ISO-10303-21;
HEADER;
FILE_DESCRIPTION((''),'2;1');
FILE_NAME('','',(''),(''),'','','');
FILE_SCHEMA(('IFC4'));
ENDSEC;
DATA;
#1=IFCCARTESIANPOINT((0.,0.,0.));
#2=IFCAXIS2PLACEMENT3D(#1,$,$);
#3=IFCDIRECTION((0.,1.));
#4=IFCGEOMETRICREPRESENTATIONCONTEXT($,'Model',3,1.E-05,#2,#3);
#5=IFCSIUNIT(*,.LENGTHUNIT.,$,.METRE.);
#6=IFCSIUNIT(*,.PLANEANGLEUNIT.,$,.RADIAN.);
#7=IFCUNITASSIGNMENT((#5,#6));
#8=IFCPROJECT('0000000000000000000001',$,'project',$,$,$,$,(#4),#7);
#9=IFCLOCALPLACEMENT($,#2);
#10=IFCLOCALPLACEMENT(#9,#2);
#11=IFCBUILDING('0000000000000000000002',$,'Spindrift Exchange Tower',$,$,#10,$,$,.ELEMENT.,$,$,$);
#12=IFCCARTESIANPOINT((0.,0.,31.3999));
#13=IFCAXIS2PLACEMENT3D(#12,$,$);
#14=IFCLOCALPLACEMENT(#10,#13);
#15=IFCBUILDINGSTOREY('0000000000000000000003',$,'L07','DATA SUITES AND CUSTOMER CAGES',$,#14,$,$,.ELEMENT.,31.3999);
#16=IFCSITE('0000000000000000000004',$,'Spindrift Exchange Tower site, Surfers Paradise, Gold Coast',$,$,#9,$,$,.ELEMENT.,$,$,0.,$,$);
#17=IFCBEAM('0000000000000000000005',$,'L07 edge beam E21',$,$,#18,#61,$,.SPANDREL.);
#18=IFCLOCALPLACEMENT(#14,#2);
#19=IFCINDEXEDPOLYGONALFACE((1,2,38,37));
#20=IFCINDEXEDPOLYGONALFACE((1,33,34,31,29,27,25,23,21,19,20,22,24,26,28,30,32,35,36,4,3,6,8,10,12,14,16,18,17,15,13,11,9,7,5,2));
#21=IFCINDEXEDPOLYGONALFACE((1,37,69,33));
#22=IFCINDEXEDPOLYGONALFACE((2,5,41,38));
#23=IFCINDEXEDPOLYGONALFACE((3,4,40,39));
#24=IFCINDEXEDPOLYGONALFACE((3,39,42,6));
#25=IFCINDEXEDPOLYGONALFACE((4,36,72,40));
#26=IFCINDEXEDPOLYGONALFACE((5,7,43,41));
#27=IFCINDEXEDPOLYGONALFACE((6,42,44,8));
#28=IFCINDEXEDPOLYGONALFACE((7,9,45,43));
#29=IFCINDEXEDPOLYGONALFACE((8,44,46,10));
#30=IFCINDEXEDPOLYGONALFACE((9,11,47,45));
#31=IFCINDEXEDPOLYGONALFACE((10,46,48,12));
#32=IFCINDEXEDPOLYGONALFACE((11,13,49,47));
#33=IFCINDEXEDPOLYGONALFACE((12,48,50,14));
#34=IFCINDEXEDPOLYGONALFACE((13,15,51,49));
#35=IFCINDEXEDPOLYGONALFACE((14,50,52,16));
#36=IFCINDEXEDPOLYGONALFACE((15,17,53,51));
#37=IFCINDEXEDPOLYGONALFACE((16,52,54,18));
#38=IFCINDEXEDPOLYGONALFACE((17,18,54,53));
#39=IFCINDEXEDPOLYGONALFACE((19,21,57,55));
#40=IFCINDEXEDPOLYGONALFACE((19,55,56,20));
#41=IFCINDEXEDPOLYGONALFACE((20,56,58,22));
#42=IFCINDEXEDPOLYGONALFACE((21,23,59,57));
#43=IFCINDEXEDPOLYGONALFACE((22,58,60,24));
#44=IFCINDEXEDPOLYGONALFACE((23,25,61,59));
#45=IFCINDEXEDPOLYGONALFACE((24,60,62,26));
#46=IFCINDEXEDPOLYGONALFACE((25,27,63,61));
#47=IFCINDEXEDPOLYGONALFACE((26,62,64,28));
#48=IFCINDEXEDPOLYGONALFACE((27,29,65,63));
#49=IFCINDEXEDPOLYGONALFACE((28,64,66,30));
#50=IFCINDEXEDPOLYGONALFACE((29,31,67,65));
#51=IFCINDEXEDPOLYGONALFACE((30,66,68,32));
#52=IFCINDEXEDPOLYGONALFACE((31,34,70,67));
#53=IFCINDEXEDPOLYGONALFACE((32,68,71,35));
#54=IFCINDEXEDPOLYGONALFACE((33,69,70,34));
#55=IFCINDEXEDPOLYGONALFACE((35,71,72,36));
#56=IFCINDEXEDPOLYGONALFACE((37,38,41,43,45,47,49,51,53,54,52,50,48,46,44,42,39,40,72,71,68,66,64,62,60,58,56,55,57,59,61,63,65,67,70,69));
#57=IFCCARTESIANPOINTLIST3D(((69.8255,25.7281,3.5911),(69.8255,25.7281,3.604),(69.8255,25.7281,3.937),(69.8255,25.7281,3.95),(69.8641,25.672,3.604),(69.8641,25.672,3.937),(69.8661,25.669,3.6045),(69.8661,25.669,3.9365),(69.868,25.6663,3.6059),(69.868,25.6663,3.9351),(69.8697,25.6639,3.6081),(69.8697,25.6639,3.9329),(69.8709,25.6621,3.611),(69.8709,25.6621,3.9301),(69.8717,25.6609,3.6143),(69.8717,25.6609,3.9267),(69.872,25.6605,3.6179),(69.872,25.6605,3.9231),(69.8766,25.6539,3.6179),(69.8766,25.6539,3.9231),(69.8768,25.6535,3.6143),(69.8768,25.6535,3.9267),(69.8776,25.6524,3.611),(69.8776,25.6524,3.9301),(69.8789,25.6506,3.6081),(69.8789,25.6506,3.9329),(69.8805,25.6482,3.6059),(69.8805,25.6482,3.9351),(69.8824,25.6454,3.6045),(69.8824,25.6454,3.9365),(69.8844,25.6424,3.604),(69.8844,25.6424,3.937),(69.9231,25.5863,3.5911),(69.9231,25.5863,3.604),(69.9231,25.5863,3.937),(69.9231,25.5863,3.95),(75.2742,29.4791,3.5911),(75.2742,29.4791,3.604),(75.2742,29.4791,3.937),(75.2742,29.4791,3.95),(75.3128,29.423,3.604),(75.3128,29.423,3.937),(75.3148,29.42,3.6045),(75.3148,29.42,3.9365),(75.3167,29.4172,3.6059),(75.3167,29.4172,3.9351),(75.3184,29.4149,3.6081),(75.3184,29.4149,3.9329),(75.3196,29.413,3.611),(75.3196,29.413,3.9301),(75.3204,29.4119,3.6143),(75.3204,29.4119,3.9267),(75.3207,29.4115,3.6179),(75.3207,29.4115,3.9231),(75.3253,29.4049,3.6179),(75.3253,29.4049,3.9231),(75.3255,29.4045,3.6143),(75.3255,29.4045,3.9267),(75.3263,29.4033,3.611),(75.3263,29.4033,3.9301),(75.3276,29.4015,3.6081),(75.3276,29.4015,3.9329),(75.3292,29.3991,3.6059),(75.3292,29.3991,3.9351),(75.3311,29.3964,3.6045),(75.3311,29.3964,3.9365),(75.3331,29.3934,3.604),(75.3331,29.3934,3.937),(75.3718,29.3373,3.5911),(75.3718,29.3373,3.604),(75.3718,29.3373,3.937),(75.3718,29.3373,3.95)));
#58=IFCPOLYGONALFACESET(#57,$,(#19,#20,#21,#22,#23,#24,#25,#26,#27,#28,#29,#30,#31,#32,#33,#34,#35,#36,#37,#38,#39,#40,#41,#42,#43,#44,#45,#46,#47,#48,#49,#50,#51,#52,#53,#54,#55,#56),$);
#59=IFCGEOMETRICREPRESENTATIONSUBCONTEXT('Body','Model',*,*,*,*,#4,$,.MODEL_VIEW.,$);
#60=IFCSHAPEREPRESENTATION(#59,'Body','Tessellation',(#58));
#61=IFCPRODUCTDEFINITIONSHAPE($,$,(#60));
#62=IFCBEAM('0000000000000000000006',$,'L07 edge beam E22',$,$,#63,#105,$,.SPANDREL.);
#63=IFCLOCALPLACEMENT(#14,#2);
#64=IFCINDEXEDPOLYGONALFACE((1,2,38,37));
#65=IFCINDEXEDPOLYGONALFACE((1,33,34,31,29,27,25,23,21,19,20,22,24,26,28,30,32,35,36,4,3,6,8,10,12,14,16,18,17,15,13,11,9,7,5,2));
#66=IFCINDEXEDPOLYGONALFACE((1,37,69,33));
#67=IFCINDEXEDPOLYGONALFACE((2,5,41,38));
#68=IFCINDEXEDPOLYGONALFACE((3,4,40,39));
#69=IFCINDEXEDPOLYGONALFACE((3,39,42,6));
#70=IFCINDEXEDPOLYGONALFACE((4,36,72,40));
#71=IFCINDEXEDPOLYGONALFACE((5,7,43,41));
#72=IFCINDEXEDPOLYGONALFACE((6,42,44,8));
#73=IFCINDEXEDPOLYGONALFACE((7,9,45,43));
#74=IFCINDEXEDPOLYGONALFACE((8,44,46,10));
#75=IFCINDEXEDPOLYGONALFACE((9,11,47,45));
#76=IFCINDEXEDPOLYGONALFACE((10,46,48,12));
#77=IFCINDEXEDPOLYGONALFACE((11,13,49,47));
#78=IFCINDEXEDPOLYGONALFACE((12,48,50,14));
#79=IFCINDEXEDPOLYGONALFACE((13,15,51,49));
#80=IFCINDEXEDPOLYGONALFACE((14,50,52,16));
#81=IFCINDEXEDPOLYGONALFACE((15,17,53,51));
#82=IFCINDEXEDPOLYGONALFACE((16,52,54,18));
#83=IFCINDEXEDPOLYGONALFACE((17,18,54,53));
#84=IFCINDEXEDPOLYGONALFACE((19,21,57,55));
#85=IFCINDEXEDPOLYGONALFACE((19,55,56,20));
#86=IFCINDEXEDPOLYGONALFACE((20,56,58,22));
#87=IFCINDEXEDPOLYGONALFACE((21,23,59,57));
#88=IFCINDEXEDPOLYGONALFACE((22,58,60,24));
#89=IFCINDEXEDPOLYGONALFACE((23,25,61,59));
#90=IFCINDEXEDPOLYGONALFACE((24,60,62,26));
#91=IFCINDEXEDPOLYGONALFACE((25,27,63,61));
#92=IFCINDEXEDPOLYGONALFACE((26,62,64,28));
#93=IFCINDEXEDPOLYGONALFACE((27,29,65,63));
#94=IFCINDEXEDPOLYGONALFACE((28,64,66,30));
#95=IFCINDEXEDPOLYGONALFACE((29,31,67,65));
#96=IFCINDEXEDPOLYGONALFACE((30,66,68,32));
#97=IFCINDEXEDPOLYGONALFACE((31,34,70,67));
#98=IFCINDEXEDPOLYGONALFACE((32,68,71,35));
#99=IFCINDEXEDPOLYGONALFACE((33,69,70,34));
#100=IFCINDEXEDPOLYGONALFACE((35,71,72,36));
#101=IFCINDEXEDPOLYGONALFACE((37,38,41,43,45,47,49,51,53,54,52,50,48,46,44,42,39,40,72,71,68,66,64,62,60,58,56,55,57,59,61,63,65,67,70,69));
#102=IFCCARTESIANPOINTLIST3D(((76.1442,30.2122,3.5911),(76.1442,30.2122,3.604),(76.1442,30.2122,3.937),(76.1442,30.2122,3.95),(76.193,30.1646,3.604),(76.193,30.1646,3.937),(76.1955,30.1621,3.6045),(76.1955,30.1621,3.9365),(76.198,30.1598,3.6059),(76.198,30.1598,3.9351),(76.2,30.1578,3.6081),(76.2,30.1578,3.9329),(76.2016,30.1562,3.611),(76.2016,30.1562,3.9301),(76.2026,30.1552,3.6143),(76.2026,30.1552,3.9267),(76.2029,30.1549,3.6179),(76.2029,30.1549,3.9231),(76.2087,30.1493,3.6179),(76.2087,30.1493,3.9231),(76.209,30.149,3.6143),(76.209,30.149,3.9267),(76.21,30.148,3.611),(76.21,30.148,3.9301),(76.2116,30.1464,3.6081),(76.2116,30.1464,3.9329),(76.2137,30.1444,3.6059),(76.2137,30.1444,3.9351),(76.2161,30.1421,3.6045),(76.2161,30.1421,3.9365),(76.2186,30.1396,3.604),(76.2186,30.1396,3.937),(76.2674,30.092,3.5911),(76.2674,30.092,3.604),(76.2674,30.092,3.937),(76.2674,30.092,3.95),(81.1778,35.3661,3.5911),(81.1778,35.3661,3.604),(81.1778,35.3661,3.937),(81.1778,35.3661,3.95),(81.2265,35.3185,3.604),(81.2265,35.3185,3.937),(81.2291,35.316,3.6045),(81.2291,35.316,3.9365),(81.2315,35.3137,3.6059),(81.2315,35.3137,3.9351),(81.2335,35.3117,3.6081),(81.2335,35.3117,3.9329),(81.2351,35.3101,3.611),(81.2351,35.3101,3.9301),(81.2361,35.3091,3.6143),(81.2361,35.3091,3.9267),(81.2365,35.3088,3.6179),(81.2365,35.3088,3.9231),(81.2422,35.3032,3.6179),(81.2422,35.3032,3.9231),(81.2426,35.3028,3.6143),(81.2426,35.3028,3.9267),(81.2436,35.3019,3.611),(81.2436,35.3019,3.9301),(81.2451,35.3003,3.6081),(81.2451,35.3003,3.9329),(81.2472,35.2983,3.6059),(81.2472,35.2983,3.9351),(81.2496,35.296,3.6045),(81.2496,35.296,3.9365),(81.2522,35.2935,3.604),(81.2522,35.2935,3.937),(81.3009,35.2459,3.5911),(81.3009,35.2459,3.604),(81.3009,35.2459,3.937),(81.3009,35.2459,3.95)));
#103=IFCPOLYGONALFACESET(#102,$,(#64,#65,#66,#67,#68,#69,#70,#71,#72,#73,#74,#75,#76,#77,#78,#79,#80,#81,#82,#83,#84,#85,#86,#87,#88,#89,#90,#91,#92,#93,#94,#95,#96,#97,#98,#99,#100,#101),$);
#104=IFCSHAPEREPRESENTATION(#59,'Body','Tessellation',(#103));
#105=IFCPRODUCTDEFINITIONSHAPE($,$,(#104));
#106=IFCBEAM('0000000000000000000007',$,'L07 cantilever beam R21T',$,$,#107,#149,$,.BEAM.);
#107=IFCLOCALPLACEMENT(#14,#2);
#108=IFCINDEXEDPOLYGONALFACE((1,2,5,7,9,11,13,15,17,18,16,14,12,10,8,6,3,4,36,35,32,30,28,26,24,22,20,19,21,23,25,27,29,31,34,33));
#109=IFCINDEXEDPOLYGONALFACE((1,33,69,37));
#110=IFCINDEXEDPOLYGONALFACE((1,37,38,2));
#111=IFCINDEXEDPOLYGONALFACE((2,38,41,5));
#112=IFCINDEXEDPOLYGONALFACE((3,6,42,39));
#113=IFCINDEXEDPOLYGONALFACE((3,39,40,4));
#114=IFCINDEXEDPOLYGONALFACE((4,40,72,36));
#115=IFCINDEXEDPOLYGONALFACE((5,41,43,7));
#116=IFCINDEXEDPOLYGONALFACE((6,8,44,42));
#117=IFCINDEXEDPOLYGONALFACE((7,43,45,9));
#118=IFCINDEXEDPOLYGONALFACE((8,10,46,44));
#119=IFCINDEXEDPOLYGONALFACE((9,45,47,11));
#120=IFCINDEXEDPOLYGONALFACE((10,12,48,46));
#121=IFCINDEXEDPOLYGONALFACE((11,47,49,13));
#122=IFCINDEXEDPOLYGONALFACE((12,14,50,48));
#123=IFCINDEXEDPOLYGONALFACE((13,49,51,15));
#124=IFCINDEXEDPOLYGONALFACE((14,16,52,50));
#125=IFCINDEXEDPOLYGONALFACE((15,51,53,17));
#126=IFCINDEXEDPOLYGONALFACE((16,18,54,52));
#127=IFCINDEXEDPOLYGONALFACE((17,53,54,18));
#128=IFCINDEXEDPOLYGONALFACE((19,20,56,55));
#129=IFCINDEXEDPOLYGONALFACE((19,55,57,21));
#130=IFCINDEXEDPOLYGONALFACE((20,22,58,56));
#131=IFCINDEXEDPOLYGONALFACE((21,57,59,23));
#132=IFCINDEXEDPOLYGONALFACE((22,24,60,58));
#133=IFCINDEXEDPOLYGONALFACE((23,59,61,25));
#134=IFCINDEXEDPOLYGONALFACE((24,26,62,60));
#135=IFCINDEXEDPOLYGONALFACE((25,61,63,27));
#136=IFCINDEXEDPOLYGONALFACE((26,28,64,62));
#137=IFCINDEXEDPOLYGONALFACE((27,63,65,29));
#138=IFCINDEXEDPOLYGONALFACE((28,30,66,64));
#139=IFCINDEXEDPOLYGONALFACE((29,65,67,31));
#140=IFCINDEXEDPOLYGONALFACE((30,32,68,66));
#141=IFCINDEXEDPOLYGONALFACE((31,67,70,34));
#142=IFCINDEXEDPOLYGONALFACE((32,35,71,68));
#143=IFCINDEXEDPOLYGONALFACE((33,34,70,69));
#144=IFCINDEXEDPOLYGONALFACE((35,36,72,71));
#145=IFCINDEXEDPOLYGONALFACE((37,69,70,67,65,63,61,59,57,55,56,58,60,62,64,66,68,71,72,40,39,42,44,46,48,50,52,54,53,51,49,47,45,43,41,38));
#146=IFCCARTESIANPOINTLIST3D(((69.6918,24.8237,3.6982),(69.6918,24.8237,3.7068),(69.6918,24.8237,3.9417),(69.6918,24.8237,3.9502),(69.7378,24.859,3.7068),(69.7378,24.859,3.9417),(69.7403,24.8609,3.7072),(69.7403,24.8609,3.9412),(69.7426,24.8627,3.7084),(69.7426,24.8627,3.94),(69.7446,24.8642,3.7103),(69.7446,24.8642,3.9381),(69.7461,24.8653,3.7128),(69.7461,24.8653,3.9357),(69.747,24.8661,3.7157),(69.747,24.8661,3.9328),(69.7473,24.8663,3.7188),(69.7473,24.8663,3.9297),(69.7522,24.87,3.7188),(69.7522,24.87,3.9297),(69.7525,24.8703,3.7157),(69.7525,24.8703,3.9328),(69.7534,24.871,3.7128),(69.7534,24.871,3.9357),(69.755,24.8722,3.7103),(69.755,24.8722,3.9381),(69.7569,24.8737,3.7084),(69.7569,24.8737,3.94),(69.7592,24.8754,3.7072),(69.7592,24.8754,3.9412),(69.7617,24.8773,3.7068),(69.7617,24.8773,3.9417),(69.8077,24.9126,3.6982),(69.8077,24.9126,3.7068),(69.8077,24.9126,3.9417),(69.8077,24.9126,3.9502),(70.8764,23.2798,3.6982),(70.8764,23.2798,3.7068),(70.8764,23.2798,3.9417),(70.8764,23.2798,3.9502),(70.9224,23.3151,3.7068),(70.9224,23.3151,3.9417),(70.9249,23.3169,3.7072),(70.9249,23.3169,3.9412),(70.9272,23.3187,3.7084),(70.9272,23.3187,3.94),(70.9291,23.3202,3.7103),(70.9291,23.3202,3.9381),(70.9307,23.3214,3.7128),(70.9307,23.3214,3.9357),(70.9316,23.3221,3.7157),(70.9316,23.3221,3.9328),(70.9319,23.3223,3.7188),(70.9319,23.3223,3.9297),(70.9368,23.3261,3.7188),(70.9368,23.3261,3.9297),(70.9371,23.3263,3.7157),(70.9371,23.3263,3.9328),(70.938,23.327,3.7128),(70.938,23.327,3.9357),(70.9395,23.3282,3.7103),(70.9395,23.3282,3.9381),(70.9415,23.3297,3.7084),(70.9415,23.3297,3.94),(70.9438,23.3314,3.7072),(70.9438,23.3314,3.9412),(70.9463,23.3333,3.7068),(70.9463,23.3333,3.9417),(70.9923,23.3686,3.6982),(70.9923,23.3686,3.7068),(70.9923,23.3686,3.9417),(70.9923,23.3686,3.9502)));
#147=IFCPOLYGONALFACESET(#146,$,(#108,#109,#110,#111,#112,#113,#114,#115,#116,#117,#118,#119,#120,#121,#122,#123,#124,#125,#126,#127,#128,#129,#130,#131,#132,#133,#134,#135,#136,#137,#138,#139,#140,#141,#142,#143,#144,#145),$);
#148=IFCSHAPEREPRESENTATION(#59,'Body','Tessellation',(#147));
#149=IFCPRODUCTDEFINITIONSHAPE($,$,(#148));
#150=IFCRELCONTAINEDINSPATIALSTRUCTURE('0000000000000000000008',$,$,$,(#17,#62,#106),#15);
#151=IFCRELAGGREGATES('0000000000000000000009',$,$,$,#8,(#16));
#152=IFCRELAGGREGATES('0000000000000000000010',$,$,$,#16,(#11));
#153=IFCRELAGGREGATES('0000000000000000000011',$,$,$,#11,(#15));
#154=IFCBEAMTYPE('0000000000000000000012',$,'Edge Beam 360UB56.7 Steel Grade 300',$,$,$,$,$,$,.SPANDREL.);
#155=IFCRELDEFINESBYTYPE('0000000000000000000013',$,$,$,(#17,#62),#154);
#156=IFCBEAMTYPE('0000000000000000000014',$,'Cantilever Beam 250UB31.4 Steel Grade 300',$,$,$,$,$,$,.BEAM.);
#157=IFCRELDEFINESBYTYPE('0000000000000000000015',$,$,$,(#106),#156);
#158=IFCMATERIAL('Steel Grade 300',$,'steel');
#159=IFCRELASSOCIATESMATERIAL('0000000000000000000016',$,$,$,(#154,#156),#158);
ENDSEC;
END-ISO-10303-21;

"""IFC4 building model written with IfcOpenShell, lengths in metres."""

from ifc_helpers import new_model, si_unit, direction, frame, origin, origin_2d, place, context, subcontext, project, spatial, i_section, extrude, source, transform, mapped, material, material_profile, profile_set, type_object, element, save


model = new_model("IFC4")

# Units and contexts
model_context = context("Model", 3, precision=1e-05, world=origin(), true_north=direction((0.0, 1.0)))
body_context = subcontext(model_context, "Body", "Model", "MODEL_VIEW")
ifc_project = project(units=[si_unit("LENGTHUNIT", "METRE"), si_unit("PLANEANGLEUNIT", "RADIAN")], contexts=[model_context])

# Site, building, storey
site_placement = place(None, origin())
site = spatial("IfcSite", under=ifc_project, at=site_placement, Name="Spindrift Exchange Tower site, Surfers Paradise, Gold Coast", CompositionType="ELEMENT", RefElevation=0.0)
building_placement = place(site_placement, origin())
building = spatial("IfcBuilding", under=site, at=building_placement, Name="Spindrift Exchange Tower", CompositionType="ELEMENT")
storey_placement = place(building_placement, frame((0.0, 0.0, 31.3999)))
storey = spatial("IfcBuildingStorey", under=building, at=storey_placement, Name="L07", Description="DATA SUITES AND CUSTOMER CAGES", CompositionType="ELEMENT", Elevation=31.3999)

# Beams
ifc_material_1 = material(Name="Steel Grade 300", Category="steel")
ifc_material_profile_1 = material_profile(ifc_material_1, i_section(OverallWidth=0.1721, OverallDepth=0.3589, WebThickness=0.0081, FlangeThickness=0.0129, FilletRadius=0.0139, at=origin_2d()), Name="360UB56.7")
ifc_profile_set_1 = profile_set([ifc_material_profile_1], Name="Steel Grade 300")
beam_type_1 = type_object("IfcBeamType", Name="Edge Beam 360UB56.7 Steel Grade 300", PredefinedType="SPANDREL", material=ifc_profile_set_1)
shared_shape_1 = source(origin(), body_context, "Body", "SweptSolid", [
    extrude(i_section(OverallWidth=0.1721, OverallDepth=0.3589, WebThickness=0.0081, FlangeThickness=0.0129, FilletRadius=0.0139, at=origin_2d()), origin(), (0.0, 0.0, 1.0), 6.615),
])
beam_1_placement = place(storey_placement, frame((69.8743, 25.6572, 3.7705), z_axis=(0.823691, 0.567039, 0.0), x_axis=(-0.567039, 0.823691, 0.0)))
element("IfcBeam", 1, at=beam_1_placement, inside=storey, type_object=beam_type_1, Name="L07 edge beam E21", PredefinedType="SPANDREL", context=body_context, shape_type="MappedRepresentation", body=[
    mapped(shared_shape_1, transform((0.0, 0.0, 0.0), scale=1.0)),
])
shared_shape_2 = source(origin(), body_context, "Body", "SweptSolid", [
    extrude(i_section(OverallWidth=0.1721, OverallDepth=0.3589, WebThickness=0.0081, FlangeThickness=0.0129, FilletRadius=0.0139, at=origin_2d()), origin(), (0.0, 0.0, 1.0), 7.2041),
])
beam_2_placement = place(storey_placement, frame((76.2058, 30.1521, 3.7705), z_axis=(0.698704, 0.715411, 0.0), x_axis=(-0.715411, 0.698704, 0.0)))
element("IfcBeam", 2, at=beam_2_placement, inside=storey, type_object=beam_type_1, Name="L07 edge beam E22", PredefinedType="SPANDREL", context=body_context, shape_type="MappedRepresentation", body=[
    mapped(shared_shape_2, transform((0.0, 0.0, 0.0), scale=1.0)),
])
ifc_material_profile_2 = material_profile(ifc_material_1, i_section(OverallWidth=0.146, OverallDepth=0.252, WebThickness=0.0061, FlangeThickness=0.0085, FilletRadius=0.012, at=origin_2d()), Name="250UB31.4")
ifc_profile_set_2 = profile_set([ifc_material_profile_2], Name="Steel Grade 300")
beam_type_2 = type_object("IfcBeamType", Name="Cantilever Beam 250UB31.4 Steel Grade 300", PredefinedType="BEAM", material=ifc_profile_set_2)
shared_shape_3 = source(origin(), body_context, "Body", "SweptSolid", [
    extrude(i_section(OverallWidth=0.146, OverallDepth=0.252, WebThickness=0.0061, FlangeThickness=0.0085, FilletRadius=0.012, at=origin_2d()), origin(), (0.0, 0.0, 1.0), 1.946),
])
beam_3_placement = place(storey_placement, frame((69.7498, 24.8682, 3.8242), z_axis=(0.608716, -0.793388, 0.0), x_axis=(0.793388, 0.608716, 0.0)))
element("IfcBeam", 3, at=beam_3_placement, inside=storey, type_object=beam_type_2, Name="L07 cantilever beam R21T", PredefinedType="BEAM", context=body_context, shape_type="MappedRepresentation", body=[
    mapped(shared_shape_3, transform((0.0, 0.0, 0.0), scale=1.0)),
])

save(model, "model.ifc")
